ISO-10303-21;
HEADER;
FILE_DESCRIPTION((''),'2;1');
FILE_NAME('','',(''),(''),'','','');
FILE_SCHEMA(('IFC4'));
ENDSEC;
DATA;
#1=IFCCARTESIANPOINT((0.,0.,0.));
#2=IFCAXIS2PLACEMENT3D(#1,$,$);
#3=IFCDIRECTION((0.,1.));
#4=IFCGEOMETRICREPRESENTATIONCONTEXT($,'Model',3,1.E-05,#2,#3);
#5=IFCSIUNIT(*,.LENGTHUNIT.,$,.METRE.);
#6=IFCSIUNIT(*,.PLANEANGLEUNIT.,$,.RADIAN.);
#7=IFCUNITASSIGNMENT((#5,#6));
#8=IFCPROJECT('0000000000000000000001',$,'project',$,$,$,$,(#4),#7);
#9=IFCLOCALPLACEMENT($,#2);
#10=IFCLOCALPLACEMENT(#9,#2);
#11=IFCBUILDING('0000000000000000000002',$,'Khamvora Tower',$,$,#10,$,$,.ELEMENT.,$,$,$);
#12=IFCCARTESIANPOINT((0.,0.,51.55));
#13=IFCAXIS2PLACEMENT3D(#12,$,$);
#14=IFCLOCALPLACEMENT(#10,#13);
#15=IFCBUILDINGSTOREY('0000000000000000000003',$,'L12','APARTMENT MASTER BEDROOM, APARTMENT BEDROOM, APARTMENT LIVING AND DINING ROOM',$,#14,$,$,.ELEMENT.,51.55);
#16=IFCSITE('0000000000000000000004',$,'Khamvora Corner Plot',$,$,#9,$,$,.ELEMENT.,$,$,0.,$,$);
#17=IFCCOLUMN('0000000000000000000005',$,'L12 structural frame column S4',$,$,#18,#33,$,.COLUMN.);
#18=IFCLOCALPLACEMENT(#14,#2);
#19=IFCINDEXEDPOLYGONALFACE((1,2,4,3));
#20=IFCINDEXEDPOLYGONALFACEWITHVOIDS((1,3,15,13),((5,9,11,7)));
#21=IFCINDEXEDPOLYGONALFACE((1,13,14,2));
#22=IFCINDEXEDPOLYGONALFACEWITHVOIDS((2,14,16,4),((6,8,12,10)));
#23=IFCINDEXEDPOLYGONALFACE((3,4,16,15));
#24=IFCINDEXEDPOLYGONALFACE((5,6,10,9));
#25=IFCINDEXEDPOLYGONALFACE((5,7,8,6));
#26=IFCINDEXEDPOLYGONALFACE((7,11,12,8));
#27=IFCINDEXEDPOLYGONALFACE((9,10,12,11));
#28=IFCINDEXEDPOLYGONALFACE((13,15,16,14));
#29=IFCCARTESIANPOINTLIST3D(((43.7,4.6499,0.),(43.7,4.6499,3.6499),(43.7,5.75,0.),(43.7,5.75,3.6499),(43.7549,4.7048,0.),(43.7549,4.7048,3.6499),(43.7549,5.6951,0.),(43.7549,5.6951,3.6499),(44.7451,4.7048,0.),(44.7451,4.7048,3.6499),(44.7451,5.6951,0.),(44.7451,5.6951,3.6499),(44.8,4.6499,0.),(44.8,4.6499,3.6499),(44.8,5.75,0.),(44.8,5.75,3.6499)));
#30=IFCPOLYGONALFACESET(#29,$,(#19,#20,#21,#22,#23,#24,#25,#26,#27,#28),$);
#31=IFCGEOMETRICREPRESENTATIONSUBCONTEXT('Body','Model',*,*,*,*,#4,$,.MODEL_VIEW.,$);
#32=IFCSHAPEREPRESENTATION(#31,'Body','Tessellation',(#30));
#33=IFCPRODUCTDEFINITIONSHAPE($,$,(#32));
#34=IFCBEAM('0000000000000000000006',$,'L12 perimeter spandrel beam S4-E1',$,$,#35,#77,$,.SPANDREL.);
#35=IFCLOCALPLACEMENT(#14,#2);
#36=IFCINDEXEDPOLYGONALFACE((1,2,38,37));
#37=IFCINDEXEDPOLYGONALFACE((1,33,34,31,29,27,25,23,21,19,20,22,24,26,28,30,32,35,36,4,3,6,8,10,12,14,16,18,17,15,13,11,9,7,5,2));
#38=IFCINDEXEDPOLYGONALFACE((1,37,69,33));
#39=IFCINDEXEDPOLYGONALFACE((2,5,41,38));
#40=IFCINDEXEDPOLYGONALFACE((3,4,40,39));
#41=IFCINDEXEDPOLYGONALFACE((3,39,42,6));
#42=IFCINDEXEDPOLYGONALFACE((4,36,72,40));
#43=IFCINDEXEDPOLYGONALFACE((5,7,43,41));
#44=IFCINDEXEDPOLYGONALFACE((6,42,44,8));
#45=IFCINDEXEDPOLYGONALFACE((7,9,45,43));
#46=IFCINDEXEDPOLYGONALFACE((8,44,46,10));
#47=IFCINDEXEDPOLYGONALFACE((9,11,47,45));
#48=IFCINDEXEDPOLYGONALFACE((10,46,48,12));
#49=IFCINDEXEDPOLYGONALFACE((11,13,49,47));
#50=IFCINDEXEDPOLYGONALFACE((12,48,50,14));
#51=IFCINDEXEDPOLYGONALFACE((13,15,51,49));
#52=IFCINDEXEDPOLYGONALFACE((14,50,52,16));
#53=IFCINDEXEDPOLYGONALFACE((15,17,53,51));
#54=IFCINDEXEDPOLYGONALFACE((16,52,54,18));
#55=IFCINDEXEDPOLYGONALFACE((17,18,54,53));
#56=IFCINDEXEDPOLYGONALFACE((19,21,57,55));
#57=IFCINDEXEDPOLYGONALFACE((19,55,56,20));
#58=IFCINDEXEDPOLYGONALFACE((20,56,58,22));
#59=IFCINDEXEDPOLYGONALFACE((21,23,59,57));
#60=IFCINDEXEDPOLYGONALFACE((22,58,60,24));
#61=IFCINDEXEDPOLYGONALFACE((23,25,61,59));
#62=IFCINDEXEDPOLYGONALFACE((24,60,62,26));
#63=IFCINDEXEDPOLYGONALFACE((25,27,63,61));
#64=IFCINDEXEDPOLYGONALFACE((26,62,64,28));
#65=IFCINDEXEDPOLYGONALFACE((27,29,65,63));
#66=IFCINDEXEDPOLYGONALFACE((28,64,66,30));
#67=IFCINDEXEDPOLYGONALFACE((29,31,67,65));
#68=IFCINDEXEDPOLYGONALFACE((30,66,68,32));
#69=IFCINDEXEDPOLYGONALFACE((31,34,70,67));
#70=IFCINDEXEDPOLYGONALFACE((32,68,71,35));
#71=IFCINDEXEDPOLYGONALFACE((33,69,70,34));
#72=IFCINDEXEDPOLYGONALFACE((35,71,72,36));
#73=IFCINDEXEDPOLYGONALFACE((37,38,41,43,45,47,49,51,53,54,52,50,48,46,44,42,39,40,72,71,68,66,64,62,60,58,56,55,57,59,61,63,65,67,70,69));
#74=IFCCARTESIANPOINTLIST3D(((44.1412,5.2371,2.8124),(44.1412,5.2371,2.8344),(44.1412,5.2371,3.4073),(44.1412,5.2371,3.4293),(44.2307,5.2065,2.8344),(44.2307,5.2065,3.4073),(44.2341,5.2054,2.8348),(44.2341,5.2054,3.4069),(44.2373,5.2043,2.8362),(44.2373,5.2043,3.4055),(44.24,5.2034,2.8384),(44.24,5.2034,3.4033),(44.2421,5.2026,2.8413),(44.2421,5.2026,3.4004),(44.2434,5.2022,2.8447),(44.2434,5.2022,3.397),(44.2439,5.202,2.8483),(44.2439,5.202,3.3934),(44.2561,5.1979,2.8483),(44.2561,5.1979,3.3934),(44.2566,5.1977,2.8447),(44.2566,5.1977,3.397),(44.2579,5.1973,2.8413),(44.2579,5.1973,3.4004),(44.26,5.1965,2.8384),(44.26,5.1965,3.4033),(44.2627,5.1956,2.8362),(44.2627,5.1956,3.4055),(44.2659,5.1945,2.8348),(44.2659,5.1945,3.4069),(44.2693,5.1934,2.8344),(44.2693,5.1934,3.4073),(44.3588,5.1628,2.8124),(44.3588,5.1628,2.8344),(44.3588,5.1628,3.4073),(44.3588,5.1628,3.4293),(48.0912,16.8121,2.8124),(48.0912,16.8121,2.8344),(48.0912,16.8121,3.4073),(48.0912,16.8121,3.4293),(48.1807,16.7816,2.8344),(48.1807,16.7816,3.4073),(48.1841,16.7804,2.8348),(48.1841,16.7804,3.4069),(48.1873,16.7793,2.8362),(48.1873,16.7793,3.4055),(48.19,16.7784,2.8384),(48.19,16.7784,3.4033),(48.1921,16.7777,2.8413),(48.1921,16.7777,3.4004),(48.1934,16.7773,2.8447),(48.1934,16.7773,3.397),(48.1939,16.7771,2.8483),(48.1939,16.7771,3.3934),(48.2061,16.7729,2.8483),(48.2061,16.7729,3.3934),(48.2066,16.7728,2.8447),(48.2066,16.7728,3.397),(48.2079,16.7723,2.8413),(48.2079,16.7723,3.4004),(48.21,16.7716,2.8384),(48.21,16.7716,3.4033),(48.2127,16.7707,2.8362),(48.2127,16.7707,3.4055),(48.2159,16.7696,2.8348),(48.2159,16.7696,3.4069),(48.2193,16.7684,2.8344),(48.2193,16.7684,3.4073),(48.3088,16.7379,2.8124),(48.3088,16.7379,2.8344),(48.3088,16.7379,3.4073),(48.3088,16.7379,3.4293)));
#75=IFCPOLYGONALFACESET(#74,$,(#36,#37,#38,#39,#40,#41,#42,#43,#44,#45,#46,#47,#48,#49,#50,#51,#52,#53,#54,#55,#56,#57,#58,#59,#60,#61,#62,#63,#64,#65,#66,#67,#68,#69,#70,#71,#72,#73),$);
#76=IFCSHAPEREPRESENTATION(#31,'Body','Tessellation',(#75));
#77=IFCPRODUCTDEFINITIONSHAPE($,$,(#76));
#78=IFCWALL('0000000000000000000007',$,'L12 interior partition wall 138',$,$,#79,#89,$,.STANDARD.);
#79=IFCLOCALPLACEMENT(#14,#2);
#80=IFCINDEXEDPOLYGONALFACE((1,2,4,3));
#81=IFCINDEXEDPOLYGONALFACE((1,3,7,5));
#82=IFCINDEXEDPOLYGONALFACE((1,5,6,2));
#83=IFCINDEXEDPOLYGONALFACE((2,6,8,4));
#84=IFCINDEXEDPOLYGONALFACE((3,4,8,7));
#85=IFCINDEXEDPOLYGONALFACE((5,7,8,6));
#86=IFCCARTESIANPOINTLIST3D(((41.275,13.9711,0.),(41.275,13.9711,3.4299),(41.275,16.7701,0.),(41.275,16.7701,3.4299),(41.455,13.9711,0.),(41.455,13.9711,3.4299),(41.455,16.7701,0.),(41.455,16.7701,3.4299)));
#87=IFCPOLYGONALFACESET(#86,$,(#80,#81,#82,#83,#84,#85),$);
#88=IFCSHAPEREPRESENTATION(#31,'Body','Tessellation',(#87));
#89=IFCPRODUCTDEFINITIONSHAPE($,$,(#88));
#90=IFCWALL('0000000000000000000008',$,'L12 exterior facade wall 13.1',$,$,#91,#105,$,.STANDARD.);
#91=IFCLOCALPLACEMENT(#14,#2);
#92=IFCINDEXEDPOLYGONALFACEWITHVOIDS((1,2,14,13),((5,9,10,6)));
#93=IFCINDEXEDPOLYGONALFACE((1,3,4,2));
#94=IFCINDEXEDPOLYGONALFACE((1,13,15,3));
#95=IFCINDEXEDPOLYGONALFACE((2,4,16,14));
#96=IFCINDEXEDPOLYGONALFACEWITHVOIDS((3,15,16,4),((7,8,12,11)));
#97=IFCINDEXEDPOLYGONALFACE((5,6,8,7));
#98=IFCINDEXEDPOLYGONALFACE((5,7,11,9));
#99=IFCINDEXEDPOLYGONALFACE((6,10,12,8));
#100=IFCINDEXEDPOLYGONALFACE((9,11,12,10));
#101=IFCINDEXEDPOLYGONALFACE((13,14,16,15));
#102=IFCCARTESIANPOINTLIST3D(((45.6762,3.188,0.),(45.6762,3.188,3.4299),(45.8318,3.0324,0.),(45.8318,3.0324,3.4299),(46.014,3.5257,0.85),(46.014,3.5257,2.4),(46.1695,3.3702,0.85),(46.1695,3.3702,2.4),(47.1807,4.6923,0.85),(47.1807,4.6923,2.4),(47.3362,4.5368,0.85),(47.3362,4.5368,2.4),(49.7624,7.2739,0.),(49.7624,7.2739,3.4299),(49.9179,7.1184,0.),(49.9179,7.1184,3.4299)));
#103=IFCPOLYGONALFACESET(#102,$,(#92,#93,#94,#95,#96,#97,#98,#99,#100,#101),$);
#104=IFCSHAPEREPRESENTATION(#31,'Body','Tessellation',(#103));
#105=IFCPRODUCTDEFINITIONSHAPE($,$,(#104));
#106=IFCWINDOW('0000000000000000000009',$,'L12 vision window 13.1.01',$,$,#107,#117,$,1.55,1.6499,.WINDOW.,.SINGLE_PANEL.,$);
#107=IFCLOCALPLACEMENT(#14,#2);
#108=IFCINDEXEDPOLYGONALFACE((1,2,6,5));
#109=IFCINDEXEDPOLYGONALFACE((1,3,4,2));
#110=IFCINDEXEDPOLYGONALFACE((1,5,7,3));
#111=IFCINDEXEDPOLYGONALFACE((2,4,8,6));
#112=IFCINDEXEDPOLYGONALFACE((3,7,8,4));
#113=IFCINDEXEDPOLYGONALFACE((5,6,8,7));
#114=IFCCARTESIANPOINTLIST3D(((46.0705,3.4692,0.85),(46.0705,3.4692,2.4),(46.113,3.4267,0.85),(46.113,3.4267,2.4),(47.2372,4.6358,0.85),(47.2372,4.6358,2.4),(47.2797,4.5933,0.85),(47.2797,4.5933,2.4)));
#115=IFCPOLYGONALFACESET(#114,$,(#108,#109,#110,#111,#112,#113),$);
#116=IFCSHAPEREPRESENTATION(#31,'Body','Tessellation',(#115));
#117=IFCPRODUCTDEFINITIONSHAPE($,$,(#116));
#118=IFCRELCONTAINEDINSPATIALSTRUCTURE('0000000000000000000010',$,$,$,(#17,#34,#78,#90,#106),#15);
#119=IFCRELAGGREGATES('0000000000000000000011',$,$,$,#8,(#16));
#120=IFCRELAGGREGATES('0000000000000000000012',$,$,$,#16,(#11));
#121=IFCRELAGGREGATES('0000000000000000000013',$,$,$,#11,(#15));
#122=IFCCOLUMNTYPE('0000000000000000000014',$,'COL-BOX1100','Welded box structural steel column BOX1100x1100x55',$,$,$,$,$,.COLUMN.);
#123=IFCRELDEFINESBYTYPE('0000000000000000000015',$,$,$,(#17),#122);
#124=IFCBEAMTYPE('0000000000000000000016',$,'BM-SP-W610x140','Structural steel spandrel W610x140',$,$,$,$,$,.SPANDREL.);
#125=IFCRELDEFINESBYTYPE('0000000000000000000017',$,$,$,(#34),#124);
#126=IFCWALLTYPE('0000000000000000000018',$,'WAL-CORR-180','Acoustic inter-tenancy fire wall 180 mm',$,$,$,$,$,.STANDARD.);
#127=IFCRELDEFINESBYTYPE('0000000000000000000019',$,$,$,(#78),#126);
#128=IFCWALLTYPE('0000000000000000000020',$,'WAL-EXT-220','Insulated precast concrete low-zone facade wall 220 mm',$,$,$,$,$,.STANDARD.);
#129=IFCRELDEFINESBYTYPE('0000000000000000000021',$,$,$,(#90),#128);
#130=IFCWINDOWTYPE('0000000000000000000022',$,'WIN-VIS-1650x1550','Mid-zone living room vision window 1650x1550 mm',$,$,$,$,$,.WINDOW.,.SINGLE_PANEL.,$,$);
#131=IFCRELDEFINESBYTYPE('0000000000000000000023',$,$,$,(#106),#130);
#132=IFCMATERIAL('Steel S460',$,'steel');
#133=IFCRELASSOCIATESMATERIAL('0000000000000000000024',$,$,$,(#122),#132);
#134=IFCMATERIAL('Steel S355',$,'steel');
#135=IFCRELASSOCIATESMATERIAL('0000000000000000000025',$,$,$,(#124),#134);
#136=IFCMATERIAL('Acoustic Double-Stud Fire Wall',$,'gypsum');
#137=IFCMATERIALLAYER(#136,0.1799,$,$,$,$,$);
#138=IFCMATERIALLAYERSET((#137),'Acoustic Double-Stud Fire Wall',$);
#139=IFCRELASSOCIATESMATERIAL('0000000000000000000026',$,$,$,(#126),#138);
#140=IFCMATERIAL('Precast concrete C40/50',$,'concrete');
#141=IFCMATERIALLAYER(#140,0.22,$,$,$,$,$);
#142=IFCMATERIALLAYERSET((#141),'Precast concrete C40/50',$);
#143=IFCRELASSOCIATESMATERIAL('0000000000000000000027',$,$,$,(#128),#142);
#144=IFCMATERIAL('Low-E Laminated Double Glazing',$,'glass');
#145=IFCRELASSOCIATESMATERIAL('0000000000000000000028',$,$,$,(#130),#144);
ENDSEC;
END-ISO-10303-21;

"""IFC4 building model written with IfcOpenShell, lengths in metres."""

from ifc_helpers import new_model, si_unit, direction, frame, frame_2d, origin, origin_2d, place, context, subcontext, project, spatial, rectangle, hollow_rectangle, i_section, extrude, material, layer, layer_set, material_profile, profile_set, type_object, element, fill, save


model = new_model("IFC4")

# Units and contexts
model_context = context("Model", 3, precision=1e-05, world=origin(), true_north=direction((0.0, 1.0)))
body_context = subcontext(model_context, "Body", "Model", "MODEL_VIEW")
ifc_project = project(units=[si_unit("LENGTHUNIT", "METRE"), si_unit("PLANEANGLEUNIT", "RADIAN")], contexts=[model_context])

# Site, building, storey
site_placement = place(None, origin())
site = spatial("IfcSite", under=ifc_project, at=site_placement, Name="Khamvora Corner Plot", CompositionType="ELEMENT", RefElevation=0.0)
building_placement = place(site_placement, origin())
building = spatial("IfcBuilding", under=site, at=building_placement, Name="Khamvora Tower", CompositionType="ELEMENT")
storey_placement = place(building_placement, frame((0.0, 0.0, 51.55)))
storey = spatial("IfcBuildingStorey", under=building, at=storey_placement, Name="L12", Description="APARTMENT MASTER BEDROOM, APARTMENT BEDROOM, APARTMENT LIVING AND DINING ROOM", CompositionType="ELEMENT", Elevation=51.55)

# Column
ifc_material_1 = material(Name="Steel S460", Category="steel")
ifc_material_profile_1 = material_profile(ifc_material_1, hollow_rectangle(XDim=1.1001, YDim=1.1001, WallThickness=0.0549, at=origin_2d()), Name="BOX1100x1100x55")
ifc_profile_set_1 = profile_set([ifc_material_profile_1], Name="Steel S460")
column_type = type_object("IfcColumnType", Name="COL-BOX1100", Description="Welded box structural steel column BOX1100x1100x55", PredefinedType="COLUMN", material=ifc_profile_set_1)
column_placement = place(storey_placement, frame((44.25, 5.2, 0.0), z_axis=(0.0, 0.0, 1.0), x_axis=(1.0, 0.0, 0.0)))
element("IfcColumn", 1, at=column_placement, inside=storey, type_object=column_type, Name="L12 structural frame column S4", PredefinedType="COLUMN", context=body_context, shape_type="SweptSolid", body=[
    extrude(hollow_rectangle(XDim=1.1001, YDim=1.1001, WallThickness=0.0549, at=origin_2d()), origin(), (0.0, 0.0, 1.0), 3.6499),
])

# Beam
ifc_material_2 = material(Name="Steel S355", Category="steel")
ifc_material_profile_2 = material_profile(ifc_material_2, i_section(OverallWidth=0.23, OverallDepth=0.6169, WebThickness=0.0129, FlangeThickness=0.022, FilletRadius=0.0139, at=origin_2d()), Name="W610x140")
ifc_profile_set_2 = profile_set([ifc_material_profile_2], Name="Steel S355")
beam_type = type_object("IfcBeamType", Name="BM-SP-W610x140", Description="Structural steel spandrel W610x140", PredefinedType="SPANDREL", material=ifc_profile_set_2)
beam_placement = place(storey_placement, frame((44.25, 5.2, 3.1208), z_axis=(0.322963, 0.946412, 0.0), x_axis=(-0.946412, 0.322963, 0.0)))
element("IfcBeam", 2, at=beam_placement, inside=storey, type_object=beam_type, Name="L12 perimeter spandrel beam S4-E1", PredefinedType="SPANDREL", context=body_context, shape_type="SweptSolid", body=[
    extrude(i_section(OverallWidth=0.23, OverallDepth=0.6169, WebThickness=0.0129, FlangeThickness=0.022, FilletRadius=0.0139, at=origin_2d()), origin(), (0.0, 0.0, 1.0), 12.2305),
])

# Wall
ifc_material_3 = material(Name="Acoustic Double-Stud Fire Wall", Category="gypsum")
ifc_layer_1 = layer(ifc_material_3, 0.1799)
ifc_layer_set_1 = layer_set([ifc_layer_1], Name="Acoustic Double-Stud Fire Wall")
wall_type_1 = type_object("IfcWallType", Name="WAL-CORR-180", Description="Acoustic inter-tenancy fire wall 180 mm", PredefinedType="STANDARD", material=ifc_layer_set_1)
wall_1_placement = place(storey_placement, frame((41.365, 16.77, 0.0), z_axis=(0.0, 0.0, 1.0), x_axis=(0.0, -1.0, 0.0)))
element("IfcWall", 3, at=wall_1_placement, inside=storey, type_object=wall_type_1, Name="L12 interior partition wall 138", PredefinedType="STANDARD", context=body_context, shape_type="SweptSolid", body=[
    extrude(rectangle(XDim=2.7991, YDim=0.1799, at=frame_2d((1.3994, 0.0))), origin(), (0.0, 0.0, 1.0), 3.4299),
])

# Wall, opening, window
ifc_material_4 = material(Name="Precast concrete C40/50", Category="concrete")
ifc_layer_2 = layer(ifc_material_4, 0.22)
ifc_layer_set_2 = layer_set([ifc_layer_2], Name="Precast concrete C40/50")
wall_type_2 = type_object("IfcWallType", Name="WAL-EXT-220", Description="Insulated precast concrete low-zone facade wall 220 mm", PredefinedType="STANDARD", material=ifc_layer_set_2)
wall_2_placement = place(storey_placement, frame((49.8401, 7.196, 0.0), z_axis=(0.0, 0.0, 1.0), x_axis=(-0.707128, -0.707086, 0.0)))
wall_2 = element("IfcWall", 4, at=wall_2_placement, inside=storey, type_object=wall_type_2, Name="L12 exterior facade wall 13.1", PredefinedType="STANDARD", context=body_context, shape_type="SweptSolid", body=[
    extrude(rectangle(XDim=5.7786, YDim=0.22, at=frame_2d((2.8892, 0.0))), origin(), (0.0, 0.0, 1.0), 3.4299),
])
opening_1_placement = place(wall_2_placement, frame((3.6509, 0.0, 0.8501)))
opening_1 = element("IfcOpeningElement", 5, at=opening_1_placement, cuts=wall_2, PredefinedType="OPENING", context=body_context, shape_type="SweptSolid", body=[
    extrude(rectangle(XDim=1.6499, YDim=1.55, at=frame_2d((0.825, 0.7749))), frame((0.0, 0.1199, 0.0), z_axis=(0.0, -1.0, 0.0), x_axis=(1.0, 0.0, 0.0)), (0.0, 0.0, 1.0), 0.24),
])
ifc_material_5 = material(Name="Low-E Laminated Double Glazing", Category="glass")
window_type_1 = type_object("IfcWindowType", Name="WIN-VIS-1650x1550", Description="Mid-zone living room vision window 1650x1550 mm", PartitioningType="SINGLE_PANEL", PredefinedType="WINDOW", material=ifc_material_5)
window_1_placement = place(opening_1_placement, origin())
window_1 = element("IfcWindow", 6, at=window_1_placement, inside=storey, type_object=window_type_1, Name="L12 vision window 13.1.01", OverallHeight=1.55, OverallWidth=1.6499, PartitioningType="SINGLE_PANEL", PredefinedType="WINDOW", context=body_context, shape_type="SweptSolid", body=[
    extrude(rectangle(XDim=1.6499, YDim=1.55, at=frame_2d((0.825, 0.7749))), frame((0.0, 0.03, 0.0), z_axis=(0.0, -1.0, 0.0), x_axis=(1.0, 0.0, 0.0)), (0.0, 0.0, 1.0), 0.0601),
])
fill(opening_1, window_1)

save(model, "model.ifc")
